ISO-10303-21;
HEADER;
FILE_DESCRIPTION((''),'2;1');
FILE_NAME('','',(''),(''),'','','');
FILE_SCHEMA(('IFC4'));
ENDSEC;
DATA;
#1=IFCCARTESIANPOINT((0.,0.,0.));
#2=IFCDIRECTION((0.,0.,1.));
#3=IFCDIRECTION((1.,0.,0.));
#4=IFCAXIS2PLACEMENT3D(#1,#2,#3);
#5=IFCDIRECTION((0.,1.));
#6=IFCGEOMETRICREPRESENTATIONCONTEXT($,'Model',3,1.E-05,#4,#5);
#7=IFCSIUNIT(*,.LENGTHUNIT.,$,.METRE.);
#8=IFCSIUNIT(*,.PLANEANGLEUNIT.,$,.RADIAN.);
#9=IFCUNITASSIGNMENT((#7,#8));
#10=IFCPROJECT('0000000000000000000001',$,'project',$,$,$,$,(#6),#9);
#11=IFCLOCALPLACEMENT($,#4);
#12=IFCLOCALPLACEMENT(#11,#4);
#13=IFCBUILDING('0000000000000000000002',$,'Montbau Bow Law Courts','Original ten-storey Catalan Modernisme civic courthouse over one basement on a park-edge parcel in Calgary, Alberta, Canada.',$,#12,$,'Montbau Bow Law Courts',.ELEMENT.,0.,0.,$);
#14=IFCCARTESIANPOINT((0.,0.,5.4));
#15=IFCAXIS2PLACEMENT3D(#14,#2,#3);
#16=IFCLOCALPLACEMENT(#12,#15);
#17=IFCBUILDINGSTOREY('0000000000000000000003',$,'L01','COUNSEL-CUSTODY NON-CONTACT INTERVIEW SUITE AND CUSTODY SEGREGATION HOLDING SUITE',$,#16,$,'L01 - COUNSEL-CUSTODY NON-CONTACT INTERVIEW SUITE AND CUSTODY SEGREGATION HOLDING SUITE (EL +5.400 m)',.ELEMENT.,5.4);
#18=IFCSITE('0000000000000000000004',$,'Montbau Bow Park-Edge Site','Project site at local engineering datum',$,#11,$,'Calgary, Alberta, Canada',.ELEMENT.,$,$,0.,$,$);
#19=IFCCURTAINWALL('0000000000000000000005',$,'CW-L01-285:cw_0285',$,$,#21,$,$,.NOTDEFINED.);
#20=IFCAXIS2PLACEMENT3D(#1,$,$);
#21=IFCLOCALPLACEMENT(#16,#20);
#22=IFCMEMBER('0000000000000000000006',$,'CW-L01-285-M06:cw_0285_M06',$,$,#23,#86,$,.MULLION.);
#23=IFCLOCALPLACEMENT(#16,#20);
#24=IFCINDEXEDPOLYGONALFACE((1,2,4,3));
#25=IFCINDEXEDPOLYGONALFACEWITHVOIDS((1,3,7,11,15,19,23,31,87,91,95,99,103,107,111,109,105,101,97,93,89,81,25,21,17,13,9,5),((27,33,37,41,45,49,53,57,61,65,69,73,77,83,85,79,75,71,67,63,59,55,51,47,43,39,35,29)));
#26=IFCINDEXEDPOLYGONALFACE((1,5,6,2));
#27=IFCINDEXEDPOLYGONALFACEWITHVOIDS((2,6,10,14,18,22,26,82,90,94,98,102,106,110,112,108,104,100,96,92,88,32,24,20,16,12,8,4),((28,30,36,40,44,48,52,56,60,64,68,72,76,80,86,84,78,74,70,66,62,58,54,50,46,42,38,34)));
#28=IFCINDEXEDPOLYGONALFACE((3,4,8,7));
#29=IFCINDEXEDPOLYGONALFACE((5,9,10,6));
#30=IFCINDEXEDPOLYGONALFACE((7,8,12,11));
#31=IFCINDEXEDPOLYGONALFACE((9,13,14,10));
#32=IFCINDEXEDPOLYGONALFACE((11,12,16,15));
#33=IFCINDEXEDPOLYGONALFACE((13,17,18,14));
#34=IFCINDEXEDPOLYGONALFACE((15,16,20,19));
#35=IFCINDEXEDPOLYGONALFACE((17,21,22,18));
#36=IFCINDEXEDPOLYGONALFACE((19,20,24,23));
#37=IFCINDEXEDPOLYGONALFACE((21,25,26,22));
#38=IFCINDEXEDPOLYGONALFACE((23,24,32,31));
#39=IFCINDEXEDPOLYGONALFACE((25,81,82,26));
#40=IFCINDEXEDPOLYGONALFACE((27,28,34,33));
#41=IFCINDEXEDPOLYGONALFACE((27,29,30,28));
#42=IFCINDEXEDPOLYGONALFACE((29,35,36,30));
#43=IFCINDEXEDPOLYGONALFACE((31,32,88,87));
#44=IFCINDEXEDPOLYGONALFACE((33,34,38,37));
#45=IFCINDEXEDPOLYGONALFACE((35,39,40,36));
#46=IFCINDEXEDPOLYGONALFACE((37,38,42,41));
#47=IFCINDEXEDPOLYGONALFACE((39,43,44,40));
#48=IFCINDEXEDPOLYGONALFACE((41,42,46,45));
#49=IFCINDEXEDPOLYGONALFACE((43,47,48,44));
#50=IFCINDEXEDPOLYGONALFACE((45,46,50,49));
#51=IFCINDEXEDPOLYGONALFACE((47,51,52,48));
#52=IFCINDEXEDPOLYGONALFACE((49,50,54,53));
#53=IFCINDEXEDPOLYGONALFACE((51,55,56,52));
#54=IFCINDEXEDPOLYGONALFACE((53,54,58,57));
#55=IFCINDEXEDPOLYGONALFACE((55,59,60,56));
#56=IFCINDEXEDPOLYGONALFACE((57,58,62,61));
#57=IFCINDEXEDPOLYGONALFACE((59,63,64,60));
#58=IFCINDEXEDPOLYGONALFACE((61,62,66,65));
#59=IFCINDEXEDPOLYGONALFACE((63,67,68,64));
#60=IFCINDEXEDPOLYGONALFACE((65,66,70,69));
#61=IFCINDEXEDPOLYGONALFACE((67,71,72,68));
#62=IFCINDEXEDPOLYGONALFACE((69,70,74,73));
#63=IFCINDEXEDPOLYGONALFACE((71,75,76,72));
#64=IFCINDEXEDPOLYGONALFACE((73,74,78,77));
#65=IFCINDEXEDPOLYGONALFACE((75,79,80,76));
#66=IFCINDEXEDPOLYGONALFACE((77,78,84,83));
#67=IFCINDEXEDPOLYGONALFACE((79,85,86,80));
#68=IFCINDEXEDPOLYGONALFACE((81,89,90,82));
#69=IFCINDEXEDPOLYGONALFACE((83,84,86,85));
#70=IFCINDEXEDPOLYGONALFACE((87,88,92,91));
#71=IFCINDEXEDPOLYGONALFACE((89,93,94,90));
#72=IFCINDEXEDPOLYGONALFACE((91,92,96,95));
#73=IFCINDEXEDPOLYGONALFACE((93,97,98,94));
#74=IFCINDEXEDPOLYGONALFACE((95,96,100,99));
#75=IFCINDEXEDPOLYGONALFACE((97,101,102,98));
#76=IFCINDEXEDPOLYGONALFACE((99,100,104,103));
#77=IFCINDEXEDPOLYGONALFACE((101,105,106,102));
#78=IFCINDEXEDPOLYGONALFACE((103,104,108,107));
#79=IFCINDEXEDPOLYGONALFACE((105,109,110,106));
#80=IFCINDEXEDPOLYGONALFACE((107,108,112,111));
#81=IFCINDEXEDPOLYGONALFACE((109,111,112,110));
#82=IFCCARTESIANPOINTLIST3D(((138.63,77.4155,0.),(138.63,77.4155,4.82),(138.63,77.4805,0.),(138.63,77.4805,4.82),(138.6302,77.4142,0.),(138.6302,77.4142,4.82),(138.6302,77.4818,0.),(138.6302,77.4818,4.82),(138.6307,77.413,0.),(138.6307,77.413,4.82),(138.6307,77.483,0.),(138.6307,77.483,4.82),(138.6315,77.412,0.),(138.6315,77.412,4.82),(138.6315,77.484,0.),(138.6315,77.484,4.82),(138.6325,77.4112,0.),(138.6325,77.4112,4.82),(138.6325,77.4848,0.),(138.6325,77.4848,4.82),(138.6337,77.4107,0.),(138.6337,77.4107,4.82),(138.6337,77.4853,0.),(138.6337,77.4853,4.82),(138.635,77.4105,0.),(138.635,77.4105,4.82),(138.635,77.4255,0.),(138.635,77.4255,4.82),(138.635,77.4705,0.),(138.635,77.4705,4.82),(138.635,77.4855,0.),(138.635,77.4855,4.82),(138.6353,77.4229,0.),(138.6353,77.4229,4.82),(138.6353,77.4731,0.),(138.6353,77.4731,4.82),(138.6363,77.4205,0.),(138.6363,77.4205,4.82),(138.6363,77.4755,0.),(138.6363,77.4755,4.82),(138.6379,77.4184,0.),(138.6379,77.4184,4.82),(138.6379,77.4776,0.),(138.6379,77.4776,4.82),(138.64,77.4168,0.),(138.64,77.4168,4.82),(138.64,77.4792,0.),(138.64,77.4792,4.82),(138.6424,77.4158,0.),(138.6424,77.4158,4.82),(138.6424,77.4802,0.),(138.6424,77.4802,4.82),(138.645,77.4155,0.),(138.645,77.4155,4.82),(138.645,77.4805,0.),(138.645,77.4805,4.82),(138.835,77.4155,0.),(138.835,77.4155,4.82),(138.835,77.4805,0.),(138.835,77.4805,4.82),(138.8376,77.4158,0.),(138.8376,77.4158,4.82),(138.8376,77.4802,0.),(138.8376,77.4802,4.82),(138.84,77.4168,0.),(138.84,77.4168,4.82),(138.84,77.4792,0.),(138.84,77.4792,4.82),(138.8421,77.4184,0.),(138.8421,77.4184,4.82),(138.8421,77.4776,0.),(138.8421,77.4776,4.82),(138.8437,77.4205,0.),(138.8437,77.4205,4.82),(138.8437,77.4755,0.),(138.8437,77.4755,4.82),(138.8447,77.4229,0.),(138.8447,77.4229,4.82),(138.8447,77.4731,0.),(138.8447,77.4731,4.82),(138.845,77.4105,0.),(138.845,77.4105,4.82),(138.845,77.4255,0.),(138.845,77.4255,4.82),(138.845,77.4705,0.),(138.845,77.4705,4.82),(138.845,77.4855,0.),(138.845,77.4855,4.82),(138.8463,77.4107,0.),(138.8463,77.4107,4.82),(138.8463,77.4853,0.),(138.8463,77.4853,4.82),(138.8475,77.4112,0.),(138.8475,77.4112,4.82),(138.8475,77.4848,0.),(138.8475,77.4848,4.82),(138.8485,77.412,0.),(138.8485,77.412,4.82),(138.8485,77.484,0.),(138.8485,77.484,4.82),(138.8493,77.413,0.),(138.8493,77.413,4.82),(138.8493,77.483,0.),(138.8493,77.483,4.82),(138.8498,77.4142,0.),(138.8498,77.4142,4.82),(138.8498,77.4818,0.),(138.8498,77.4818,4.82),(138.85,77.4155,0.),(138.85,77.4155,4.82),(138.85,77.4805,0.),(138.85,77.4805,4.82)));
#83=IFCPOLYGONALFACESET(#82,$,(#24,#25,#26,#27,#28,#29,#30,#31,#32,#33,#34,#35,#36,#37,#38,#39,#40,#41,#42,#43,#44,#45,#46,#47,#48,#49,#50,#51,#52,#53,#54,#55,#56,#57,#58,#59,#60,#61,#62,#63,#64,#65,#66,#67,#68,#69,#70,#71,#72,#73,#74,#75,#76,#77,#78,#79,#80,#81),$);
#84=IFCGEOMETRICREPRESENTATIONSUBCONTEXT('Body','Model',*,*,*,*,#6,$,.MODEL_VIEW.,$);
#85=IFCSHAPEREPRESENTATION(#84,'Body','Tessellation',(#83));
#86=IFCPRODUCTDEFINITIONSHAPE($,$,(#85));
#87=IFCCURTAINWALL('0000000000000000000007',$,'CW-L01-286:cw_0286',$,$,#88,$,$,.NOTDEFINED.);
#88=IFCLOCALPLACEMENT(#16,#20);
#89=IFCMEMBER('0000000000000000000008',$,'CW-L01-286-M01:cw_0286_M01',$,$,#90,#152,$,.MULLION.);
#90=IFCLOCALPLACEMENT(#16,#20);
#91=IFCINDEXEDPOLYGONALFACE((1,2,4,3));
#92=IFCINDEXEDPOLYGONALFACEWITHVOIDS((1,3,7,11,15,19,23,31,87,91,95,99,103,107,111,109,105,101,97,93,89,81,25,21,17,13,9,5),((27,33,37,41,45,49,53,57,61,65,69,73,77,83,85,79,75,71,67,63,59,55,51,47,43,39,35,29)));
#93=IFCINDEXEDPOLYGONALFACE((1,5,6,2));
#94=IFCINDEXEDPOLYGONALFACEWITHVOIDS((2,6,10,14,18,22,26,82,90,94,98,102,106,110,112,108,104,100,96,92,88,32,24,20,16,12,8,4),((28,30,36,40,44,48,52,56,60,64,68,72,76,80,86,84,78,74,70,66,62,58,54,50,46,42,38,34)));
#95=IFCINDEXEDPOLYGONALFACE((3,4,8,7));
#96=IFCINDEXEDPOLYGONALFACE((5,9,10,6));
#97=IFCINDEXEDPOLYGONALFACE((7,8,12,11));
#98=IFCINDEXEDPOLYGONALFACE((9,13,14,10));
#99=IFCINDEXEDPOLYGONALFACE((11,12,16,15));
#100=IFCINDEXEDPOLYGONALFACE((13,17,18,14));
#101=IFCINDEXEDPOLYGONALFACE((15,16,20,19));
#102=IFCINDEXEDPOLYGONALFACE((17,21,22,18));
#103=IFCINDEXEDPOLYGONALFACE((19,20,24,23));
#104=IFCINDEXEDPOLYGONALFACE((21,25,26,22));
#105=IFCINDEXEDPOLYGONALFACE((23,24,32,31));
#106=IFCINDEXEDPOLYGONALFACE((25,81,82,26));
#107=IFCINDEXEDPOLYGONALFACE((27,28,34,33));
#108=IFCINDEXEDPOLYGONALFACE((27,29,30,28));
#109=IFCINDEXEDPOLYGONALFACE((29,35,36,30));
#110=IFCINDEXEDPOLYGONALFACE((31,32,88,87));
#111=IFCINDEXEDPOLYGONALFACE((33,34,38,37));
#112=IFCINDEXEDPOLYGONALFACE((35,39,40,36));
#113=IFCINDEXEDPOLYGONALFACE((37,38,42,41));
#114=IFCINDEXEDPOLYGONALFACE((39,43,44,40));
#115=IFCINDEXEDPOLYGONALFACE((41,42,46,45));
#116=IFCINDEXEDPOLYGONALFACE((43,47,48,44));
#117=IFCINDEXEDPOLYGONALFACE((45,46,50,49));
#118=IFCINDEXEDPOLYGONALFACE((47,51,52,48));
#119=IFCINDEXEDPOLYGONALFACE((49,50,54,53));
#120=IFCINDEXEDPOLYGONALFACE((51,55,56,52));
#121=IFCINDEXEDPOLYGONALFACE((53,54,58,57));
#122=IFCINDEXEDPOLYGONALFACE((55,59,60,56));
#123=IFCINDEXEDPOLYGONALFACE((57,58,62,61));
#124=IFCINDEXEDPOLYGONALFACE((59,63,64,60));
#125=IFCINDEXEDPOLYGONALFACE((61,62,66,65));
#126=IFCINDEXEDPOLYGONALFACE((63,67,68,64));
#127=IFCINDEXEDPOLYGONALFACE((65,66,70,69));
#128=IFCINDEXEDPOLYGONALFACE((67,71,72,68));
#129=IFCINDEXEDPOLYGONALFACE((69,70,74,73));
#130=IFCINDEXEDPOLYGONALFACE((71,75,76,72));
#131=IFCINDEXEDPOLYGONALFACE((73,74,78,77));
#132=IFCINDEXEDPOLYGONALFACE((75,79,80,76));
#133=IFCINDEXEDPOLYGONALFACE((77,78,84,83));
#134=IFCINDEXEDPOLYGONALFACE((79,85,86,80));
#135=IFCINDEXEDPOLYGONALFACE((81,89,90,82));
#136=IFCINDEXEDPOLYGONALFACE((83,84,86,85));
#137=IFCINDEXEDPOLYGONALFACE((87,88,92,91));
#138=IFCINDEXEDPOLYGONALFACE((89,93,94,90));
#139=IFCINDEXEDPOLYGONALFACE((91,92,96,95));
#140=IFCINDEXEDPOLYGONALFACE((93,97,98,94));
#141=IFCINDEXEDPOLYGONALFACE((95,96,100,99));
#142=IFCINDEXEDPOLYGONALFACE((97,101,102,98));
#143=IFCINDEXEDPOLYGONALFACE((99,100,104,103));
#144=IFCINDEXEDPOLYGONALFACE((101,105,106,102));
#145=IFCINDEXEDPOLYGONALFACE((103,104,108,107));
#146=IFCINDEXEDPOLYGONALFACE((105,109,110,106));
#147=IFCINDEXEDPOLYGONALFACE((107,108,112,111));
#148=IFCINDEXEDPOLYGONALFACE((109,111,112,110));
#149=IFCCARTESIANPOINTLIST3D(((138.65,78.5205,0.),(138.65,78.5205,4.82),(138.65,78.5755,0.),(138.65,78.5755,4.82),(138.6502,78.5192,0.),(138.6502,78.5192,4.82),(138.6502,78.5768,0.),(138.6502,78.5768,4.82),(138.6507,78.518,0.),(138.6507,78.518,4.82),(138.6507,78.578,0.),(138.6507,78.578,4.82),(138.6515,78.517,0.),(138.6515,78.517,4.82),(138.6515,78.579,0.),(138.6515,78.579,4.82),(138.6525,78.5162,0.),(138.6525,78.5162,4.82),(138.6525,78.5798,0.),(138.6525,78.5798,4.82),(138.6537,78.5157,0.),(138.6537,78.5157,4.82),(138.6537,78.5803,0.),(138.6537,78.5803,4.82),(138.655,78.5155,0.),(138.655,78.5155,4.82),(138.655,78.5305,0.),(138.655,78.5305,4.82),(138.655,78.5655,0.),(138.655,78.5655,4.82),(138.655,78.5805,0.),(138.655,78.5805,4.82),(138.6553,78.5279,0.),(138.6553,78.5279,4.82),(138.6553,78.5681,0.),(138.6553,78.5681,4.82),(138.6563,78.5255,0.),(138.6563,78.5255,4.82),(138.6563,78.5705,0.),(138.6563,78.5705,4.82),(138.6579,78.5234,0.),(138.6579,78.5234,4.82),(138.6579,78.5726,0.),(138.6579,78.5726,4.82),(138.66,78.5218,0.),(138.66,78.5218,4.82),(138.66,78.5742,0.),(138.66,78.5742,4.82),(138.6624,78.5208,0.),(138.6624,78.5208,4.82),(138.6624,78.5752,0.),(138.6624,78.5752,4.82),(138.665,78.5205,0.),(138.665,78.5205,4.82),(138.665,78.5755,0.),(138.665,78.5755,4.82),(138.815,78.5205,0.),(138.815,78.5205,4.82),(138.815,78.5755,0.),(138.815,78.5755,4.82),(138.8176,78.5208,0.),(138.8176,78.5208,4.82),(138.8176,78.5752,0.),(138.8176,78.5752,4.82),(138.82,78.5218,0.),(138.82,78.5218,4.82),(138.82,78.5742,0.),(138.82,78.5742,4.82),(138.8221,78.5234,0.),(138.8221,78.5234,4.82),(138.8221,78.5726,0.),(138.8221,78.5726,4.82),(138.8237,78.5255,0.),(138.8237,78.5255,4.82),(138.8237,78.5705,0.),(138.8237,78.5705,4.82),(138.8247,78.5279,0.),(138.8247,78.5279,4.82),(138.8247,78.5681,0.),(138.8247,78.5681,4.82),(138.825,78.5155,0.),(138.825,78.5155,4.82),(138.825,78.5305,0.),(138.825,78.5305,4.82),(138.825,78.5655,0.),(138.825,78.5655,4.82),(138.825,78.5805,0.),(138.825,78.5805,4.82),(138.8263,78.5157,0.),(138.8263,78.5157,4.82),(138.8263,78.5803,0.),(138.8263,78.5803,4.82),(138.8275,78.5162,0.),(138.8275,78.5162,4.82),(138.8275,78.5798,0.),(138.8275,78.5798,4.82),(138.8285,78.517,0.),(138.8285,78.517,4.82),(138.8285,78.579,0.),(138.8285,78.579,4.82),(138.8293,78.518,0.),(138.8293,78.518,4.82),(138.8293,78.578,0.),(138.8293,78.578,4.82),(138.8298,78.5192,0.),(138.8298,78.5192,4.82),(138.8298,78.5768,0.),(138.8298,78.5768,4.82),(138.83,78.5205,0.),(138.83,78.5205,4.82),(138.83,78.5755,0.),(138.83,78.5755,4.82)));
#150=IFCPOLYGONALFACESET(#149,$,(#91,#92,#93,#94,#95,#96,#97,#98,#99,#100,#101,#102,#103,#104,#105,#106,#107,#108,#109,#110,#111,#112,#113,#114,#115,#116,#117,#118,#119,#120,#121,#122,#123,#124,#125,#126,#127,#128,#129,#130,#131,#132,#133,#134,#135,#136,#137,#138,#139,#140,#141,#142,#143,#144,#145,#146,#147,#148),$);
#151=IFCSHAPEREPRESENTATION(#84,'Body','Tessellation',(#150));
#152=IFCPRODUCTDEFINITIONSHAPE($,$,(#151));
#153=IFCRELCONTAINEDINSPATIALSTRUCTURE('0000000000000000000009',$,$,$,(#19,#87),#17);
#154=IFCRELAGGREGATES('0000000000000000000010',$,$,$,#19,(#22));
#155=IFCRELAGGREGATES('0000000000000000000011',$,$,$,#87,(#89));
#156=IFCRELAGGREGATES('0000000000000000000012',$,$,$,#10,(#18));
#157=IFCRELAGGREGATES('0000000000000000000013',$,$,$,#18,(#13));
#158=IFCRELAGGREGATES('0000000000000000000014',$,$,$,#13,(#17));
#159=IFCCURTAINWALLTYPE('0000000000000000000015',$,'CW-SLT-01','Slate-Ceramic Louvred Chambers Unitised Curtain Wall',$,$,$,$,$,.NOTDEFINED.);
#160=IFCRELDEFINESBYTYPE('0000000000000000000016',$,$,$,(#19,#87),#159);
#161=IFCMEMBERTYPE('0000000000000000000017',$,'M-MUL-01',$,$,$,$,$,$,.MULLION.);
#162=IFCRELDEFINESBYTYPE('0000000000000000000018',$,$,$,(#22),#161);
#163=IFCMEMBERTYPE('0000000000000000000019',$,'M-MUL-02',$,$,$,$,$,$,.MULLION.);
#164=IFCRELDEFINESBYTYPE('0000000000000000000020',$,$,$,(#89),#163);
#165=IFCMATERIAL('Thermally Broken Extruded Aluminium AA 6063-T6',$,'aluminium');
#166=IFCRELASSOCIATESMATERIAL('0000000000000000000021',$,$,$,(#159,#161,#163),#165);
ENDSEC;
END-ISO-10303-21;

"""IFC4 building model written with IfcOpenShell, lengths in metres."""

from ifc_helpers import new_model, si_unit, direction, frame, origin_with_axes, origin_2d_with_axis, place, context, subcontext, project, spatial, hollow_rectangle, extrude, material, material_profile, profile_set, type_object, element, aggregate, save


model = new_model("IFC4")

# Units and contexts
model_context = context("Model", 3, precision=1e-05, world=origin_with_axes(), true_north=direction((0.0, 1.0)))
body_context = subcontext(model_context, "Body", "Model", "MODEL_VIEW")
ifc_project = project(units=[si_unit("LENGTHUNIT", "METRE"), si_unit("PLANEANGLEUNIT", "RADIAN")], contexts=[model_context])

# Site, building, storey
site_placement = place(None, origin_with_axes())
site = spatial("IfcSite", under=ifc_project, at=site_placement, Name="Montbau Bow Park-Edge Site", Description="Project site at local engineering datum", LongName="Calgary, Alberta, Canada", CompositionType="ELEMENT", RefElevation=0.0)
building_placement = place(site_placement, origin_with_axes())
building = spatial("IfcBuilding", under=site, at=building_placement, Name="Montbau Bow Law Courts", Description="Original ten-storey Catalan Modernisme civic courthouse over one basement on a park-edge parcel in Calgary, Alberta, Canada.", LongName="Montbau Bow Law Courts", CompositionType="ELEMENT", ElevationOfRefHeight=0.0, ElevationOfTerrain=0.0)
storey_placement = place(building_placement, frame((0.0, 0.0, 5.4), z_axis=(0.0, 0.0, 1.0), x_axis=(1.0, 0.0, 0.0)))
storey = spatial("IfcBuildingStorey", under=building, at=storey_placement, Name="L01", Description="COUNSEL-CUSTODY NON-CONTACT INTERVIEW SUITE AND CUSTODY SEGREGATION HOLDING SUITE", LongName="L01 - COUNSEL-CUSTODY NON-CONTACT INTERVIEW SUITE AND CUSTODY SEGREGATION HOLDING SUITE (EL +5.400 m)", CompositionType="ELEMENT", Elevation=5.4)

# Curtain walls, members
ifc_material_1 = material(Name="Thermally Broken Extruded Aluminium AA 6063-T6", Category="aluminium")
curtain_wall_type = type_object("IfcCurtainWallType", Name="CW-SLT-01", Description="Slate-Ceramic Louvred Chambers Unitised Curtain Wall", PredefinedType="NOTDEFINED", material=ifc_material_1)
curtain_wall_1_placement = place(None, frame((138.74, 70.115, 5.4), z_axis=(0.0, 0.0, 1.0), x_axis=(1.0, 0.0, 0.0)))
curtain_wall_1 = element("IfcCurtainWall", 1, at=curtain_wall_1_placement, inside=storey, type_object=curtain_wall_type, Name="CW-L01-285:cw_0285", PredefinedType="NOTDEFINED")
ifc_material_profile_1 = material_profile(ifc_material_1, hollow_rectangle(XDim=0.075, YDim=0.22, WallThickness=0.005, InnerFilletRadius=0.01, OuterFilletRadius=0.005, at=origin_2d_with_axis()), Name="CWM-220X75", Category="Main", Priority=0)
ifc_profile_set_1 = profile_set([ifc_material_profile_1], Name="Thermally Broken Extruded Aluminium AA 6063-T6")
member_type_1 = type_object("IfcMemberType", Name="M-MUL-01", PredefinedType="MULLION", material=ifc_profile_set_1)
member_1_placement = place(None, frame((138.74, 77.448, 5.4), z_axis=(0.0, 0.0, 1.0), x_axis=(0.0, 1.0, 0.0)))
member_1 = element("IfcMember", 2, at=member_1_placement, type_object=member_type_1, Name="CW-L01-285-M06:cw_0285_M06", PredefinedType="MULLION", context=body_context, shape_type="SweptSolid", body=[
    extrude(hollow_rectangle(XDim=0.075, YDim=0.22, WallThickness=0.005, InnerFilletRadius=0.01, OuterFilletRadius=0.005, at=origin_2d_with_axis()), origin_with_axes(), (0.0, 0.0, 1.0), 4.82),
])
curtain_wall_2_placement = place(None, frame((138.74, 78.515, 5.4), z_axis=(0.0, 0.0, 1.0), x_axis=(1.0, 0.0, 0.0)))
curtain_wall_2 = element("IfcCurtainWall", 3, at=curtain_wall_2_placement, inside=storey, type_object=curtain_wall_type, Name="CW-L01-286:cw_0286", PredefinedType="NOTDEFINED")
ifc_material_profile_2 = material_profile(ifc_material_1, hollow_rectangle(XDim=0.065, YDim=0.18, WallThickness=0.005, InnerFilletRadius=0.01, OuterFilletRadius=0.005, at=origin_2d_with_axis()), Name="CWM-180X65", Category="Main", Priority=0)
ifc_profile_set_2 = profile_set([ifc_material_profile_2], Name="Thermally Broken Extruded Aluminium AA 6063-T6")
member_type_2 = type_object("IfcMemberType", Name="M-MUL-02", PredefinedType="MULLION", material=ifc_profile_set_2)
member_2_placement = place(None, frame((138.74, 78.548, 5.4), z_axis=(0.0, 0.0, 1.0), x_axis=(0.0, 1.0, 0.0)))
member_2 = element("IfcMember", 4, at=member_2_placement, type_object=member_type_2, Name="CW-L01-286-M01:cw_0286_M01", PredefinedType="MULLION", context=body_context, shape_type="SweptSolid", body=[
    extrude(hollow_rectangle(XDim=0.065, YDim=0.18, WallThickness=0.005, InnerFilletRadius=0.01, OuterFilletRadius=0.005, at=origin_2d_with_axis()), origin_with_axes(), (0.0, 0.0, 1.0), 4.82),
])

aggregate(curtain_wall_1, [member_1])
aggregate(curtain_wall_2, [member_2])

save(model, "model.ifc")
